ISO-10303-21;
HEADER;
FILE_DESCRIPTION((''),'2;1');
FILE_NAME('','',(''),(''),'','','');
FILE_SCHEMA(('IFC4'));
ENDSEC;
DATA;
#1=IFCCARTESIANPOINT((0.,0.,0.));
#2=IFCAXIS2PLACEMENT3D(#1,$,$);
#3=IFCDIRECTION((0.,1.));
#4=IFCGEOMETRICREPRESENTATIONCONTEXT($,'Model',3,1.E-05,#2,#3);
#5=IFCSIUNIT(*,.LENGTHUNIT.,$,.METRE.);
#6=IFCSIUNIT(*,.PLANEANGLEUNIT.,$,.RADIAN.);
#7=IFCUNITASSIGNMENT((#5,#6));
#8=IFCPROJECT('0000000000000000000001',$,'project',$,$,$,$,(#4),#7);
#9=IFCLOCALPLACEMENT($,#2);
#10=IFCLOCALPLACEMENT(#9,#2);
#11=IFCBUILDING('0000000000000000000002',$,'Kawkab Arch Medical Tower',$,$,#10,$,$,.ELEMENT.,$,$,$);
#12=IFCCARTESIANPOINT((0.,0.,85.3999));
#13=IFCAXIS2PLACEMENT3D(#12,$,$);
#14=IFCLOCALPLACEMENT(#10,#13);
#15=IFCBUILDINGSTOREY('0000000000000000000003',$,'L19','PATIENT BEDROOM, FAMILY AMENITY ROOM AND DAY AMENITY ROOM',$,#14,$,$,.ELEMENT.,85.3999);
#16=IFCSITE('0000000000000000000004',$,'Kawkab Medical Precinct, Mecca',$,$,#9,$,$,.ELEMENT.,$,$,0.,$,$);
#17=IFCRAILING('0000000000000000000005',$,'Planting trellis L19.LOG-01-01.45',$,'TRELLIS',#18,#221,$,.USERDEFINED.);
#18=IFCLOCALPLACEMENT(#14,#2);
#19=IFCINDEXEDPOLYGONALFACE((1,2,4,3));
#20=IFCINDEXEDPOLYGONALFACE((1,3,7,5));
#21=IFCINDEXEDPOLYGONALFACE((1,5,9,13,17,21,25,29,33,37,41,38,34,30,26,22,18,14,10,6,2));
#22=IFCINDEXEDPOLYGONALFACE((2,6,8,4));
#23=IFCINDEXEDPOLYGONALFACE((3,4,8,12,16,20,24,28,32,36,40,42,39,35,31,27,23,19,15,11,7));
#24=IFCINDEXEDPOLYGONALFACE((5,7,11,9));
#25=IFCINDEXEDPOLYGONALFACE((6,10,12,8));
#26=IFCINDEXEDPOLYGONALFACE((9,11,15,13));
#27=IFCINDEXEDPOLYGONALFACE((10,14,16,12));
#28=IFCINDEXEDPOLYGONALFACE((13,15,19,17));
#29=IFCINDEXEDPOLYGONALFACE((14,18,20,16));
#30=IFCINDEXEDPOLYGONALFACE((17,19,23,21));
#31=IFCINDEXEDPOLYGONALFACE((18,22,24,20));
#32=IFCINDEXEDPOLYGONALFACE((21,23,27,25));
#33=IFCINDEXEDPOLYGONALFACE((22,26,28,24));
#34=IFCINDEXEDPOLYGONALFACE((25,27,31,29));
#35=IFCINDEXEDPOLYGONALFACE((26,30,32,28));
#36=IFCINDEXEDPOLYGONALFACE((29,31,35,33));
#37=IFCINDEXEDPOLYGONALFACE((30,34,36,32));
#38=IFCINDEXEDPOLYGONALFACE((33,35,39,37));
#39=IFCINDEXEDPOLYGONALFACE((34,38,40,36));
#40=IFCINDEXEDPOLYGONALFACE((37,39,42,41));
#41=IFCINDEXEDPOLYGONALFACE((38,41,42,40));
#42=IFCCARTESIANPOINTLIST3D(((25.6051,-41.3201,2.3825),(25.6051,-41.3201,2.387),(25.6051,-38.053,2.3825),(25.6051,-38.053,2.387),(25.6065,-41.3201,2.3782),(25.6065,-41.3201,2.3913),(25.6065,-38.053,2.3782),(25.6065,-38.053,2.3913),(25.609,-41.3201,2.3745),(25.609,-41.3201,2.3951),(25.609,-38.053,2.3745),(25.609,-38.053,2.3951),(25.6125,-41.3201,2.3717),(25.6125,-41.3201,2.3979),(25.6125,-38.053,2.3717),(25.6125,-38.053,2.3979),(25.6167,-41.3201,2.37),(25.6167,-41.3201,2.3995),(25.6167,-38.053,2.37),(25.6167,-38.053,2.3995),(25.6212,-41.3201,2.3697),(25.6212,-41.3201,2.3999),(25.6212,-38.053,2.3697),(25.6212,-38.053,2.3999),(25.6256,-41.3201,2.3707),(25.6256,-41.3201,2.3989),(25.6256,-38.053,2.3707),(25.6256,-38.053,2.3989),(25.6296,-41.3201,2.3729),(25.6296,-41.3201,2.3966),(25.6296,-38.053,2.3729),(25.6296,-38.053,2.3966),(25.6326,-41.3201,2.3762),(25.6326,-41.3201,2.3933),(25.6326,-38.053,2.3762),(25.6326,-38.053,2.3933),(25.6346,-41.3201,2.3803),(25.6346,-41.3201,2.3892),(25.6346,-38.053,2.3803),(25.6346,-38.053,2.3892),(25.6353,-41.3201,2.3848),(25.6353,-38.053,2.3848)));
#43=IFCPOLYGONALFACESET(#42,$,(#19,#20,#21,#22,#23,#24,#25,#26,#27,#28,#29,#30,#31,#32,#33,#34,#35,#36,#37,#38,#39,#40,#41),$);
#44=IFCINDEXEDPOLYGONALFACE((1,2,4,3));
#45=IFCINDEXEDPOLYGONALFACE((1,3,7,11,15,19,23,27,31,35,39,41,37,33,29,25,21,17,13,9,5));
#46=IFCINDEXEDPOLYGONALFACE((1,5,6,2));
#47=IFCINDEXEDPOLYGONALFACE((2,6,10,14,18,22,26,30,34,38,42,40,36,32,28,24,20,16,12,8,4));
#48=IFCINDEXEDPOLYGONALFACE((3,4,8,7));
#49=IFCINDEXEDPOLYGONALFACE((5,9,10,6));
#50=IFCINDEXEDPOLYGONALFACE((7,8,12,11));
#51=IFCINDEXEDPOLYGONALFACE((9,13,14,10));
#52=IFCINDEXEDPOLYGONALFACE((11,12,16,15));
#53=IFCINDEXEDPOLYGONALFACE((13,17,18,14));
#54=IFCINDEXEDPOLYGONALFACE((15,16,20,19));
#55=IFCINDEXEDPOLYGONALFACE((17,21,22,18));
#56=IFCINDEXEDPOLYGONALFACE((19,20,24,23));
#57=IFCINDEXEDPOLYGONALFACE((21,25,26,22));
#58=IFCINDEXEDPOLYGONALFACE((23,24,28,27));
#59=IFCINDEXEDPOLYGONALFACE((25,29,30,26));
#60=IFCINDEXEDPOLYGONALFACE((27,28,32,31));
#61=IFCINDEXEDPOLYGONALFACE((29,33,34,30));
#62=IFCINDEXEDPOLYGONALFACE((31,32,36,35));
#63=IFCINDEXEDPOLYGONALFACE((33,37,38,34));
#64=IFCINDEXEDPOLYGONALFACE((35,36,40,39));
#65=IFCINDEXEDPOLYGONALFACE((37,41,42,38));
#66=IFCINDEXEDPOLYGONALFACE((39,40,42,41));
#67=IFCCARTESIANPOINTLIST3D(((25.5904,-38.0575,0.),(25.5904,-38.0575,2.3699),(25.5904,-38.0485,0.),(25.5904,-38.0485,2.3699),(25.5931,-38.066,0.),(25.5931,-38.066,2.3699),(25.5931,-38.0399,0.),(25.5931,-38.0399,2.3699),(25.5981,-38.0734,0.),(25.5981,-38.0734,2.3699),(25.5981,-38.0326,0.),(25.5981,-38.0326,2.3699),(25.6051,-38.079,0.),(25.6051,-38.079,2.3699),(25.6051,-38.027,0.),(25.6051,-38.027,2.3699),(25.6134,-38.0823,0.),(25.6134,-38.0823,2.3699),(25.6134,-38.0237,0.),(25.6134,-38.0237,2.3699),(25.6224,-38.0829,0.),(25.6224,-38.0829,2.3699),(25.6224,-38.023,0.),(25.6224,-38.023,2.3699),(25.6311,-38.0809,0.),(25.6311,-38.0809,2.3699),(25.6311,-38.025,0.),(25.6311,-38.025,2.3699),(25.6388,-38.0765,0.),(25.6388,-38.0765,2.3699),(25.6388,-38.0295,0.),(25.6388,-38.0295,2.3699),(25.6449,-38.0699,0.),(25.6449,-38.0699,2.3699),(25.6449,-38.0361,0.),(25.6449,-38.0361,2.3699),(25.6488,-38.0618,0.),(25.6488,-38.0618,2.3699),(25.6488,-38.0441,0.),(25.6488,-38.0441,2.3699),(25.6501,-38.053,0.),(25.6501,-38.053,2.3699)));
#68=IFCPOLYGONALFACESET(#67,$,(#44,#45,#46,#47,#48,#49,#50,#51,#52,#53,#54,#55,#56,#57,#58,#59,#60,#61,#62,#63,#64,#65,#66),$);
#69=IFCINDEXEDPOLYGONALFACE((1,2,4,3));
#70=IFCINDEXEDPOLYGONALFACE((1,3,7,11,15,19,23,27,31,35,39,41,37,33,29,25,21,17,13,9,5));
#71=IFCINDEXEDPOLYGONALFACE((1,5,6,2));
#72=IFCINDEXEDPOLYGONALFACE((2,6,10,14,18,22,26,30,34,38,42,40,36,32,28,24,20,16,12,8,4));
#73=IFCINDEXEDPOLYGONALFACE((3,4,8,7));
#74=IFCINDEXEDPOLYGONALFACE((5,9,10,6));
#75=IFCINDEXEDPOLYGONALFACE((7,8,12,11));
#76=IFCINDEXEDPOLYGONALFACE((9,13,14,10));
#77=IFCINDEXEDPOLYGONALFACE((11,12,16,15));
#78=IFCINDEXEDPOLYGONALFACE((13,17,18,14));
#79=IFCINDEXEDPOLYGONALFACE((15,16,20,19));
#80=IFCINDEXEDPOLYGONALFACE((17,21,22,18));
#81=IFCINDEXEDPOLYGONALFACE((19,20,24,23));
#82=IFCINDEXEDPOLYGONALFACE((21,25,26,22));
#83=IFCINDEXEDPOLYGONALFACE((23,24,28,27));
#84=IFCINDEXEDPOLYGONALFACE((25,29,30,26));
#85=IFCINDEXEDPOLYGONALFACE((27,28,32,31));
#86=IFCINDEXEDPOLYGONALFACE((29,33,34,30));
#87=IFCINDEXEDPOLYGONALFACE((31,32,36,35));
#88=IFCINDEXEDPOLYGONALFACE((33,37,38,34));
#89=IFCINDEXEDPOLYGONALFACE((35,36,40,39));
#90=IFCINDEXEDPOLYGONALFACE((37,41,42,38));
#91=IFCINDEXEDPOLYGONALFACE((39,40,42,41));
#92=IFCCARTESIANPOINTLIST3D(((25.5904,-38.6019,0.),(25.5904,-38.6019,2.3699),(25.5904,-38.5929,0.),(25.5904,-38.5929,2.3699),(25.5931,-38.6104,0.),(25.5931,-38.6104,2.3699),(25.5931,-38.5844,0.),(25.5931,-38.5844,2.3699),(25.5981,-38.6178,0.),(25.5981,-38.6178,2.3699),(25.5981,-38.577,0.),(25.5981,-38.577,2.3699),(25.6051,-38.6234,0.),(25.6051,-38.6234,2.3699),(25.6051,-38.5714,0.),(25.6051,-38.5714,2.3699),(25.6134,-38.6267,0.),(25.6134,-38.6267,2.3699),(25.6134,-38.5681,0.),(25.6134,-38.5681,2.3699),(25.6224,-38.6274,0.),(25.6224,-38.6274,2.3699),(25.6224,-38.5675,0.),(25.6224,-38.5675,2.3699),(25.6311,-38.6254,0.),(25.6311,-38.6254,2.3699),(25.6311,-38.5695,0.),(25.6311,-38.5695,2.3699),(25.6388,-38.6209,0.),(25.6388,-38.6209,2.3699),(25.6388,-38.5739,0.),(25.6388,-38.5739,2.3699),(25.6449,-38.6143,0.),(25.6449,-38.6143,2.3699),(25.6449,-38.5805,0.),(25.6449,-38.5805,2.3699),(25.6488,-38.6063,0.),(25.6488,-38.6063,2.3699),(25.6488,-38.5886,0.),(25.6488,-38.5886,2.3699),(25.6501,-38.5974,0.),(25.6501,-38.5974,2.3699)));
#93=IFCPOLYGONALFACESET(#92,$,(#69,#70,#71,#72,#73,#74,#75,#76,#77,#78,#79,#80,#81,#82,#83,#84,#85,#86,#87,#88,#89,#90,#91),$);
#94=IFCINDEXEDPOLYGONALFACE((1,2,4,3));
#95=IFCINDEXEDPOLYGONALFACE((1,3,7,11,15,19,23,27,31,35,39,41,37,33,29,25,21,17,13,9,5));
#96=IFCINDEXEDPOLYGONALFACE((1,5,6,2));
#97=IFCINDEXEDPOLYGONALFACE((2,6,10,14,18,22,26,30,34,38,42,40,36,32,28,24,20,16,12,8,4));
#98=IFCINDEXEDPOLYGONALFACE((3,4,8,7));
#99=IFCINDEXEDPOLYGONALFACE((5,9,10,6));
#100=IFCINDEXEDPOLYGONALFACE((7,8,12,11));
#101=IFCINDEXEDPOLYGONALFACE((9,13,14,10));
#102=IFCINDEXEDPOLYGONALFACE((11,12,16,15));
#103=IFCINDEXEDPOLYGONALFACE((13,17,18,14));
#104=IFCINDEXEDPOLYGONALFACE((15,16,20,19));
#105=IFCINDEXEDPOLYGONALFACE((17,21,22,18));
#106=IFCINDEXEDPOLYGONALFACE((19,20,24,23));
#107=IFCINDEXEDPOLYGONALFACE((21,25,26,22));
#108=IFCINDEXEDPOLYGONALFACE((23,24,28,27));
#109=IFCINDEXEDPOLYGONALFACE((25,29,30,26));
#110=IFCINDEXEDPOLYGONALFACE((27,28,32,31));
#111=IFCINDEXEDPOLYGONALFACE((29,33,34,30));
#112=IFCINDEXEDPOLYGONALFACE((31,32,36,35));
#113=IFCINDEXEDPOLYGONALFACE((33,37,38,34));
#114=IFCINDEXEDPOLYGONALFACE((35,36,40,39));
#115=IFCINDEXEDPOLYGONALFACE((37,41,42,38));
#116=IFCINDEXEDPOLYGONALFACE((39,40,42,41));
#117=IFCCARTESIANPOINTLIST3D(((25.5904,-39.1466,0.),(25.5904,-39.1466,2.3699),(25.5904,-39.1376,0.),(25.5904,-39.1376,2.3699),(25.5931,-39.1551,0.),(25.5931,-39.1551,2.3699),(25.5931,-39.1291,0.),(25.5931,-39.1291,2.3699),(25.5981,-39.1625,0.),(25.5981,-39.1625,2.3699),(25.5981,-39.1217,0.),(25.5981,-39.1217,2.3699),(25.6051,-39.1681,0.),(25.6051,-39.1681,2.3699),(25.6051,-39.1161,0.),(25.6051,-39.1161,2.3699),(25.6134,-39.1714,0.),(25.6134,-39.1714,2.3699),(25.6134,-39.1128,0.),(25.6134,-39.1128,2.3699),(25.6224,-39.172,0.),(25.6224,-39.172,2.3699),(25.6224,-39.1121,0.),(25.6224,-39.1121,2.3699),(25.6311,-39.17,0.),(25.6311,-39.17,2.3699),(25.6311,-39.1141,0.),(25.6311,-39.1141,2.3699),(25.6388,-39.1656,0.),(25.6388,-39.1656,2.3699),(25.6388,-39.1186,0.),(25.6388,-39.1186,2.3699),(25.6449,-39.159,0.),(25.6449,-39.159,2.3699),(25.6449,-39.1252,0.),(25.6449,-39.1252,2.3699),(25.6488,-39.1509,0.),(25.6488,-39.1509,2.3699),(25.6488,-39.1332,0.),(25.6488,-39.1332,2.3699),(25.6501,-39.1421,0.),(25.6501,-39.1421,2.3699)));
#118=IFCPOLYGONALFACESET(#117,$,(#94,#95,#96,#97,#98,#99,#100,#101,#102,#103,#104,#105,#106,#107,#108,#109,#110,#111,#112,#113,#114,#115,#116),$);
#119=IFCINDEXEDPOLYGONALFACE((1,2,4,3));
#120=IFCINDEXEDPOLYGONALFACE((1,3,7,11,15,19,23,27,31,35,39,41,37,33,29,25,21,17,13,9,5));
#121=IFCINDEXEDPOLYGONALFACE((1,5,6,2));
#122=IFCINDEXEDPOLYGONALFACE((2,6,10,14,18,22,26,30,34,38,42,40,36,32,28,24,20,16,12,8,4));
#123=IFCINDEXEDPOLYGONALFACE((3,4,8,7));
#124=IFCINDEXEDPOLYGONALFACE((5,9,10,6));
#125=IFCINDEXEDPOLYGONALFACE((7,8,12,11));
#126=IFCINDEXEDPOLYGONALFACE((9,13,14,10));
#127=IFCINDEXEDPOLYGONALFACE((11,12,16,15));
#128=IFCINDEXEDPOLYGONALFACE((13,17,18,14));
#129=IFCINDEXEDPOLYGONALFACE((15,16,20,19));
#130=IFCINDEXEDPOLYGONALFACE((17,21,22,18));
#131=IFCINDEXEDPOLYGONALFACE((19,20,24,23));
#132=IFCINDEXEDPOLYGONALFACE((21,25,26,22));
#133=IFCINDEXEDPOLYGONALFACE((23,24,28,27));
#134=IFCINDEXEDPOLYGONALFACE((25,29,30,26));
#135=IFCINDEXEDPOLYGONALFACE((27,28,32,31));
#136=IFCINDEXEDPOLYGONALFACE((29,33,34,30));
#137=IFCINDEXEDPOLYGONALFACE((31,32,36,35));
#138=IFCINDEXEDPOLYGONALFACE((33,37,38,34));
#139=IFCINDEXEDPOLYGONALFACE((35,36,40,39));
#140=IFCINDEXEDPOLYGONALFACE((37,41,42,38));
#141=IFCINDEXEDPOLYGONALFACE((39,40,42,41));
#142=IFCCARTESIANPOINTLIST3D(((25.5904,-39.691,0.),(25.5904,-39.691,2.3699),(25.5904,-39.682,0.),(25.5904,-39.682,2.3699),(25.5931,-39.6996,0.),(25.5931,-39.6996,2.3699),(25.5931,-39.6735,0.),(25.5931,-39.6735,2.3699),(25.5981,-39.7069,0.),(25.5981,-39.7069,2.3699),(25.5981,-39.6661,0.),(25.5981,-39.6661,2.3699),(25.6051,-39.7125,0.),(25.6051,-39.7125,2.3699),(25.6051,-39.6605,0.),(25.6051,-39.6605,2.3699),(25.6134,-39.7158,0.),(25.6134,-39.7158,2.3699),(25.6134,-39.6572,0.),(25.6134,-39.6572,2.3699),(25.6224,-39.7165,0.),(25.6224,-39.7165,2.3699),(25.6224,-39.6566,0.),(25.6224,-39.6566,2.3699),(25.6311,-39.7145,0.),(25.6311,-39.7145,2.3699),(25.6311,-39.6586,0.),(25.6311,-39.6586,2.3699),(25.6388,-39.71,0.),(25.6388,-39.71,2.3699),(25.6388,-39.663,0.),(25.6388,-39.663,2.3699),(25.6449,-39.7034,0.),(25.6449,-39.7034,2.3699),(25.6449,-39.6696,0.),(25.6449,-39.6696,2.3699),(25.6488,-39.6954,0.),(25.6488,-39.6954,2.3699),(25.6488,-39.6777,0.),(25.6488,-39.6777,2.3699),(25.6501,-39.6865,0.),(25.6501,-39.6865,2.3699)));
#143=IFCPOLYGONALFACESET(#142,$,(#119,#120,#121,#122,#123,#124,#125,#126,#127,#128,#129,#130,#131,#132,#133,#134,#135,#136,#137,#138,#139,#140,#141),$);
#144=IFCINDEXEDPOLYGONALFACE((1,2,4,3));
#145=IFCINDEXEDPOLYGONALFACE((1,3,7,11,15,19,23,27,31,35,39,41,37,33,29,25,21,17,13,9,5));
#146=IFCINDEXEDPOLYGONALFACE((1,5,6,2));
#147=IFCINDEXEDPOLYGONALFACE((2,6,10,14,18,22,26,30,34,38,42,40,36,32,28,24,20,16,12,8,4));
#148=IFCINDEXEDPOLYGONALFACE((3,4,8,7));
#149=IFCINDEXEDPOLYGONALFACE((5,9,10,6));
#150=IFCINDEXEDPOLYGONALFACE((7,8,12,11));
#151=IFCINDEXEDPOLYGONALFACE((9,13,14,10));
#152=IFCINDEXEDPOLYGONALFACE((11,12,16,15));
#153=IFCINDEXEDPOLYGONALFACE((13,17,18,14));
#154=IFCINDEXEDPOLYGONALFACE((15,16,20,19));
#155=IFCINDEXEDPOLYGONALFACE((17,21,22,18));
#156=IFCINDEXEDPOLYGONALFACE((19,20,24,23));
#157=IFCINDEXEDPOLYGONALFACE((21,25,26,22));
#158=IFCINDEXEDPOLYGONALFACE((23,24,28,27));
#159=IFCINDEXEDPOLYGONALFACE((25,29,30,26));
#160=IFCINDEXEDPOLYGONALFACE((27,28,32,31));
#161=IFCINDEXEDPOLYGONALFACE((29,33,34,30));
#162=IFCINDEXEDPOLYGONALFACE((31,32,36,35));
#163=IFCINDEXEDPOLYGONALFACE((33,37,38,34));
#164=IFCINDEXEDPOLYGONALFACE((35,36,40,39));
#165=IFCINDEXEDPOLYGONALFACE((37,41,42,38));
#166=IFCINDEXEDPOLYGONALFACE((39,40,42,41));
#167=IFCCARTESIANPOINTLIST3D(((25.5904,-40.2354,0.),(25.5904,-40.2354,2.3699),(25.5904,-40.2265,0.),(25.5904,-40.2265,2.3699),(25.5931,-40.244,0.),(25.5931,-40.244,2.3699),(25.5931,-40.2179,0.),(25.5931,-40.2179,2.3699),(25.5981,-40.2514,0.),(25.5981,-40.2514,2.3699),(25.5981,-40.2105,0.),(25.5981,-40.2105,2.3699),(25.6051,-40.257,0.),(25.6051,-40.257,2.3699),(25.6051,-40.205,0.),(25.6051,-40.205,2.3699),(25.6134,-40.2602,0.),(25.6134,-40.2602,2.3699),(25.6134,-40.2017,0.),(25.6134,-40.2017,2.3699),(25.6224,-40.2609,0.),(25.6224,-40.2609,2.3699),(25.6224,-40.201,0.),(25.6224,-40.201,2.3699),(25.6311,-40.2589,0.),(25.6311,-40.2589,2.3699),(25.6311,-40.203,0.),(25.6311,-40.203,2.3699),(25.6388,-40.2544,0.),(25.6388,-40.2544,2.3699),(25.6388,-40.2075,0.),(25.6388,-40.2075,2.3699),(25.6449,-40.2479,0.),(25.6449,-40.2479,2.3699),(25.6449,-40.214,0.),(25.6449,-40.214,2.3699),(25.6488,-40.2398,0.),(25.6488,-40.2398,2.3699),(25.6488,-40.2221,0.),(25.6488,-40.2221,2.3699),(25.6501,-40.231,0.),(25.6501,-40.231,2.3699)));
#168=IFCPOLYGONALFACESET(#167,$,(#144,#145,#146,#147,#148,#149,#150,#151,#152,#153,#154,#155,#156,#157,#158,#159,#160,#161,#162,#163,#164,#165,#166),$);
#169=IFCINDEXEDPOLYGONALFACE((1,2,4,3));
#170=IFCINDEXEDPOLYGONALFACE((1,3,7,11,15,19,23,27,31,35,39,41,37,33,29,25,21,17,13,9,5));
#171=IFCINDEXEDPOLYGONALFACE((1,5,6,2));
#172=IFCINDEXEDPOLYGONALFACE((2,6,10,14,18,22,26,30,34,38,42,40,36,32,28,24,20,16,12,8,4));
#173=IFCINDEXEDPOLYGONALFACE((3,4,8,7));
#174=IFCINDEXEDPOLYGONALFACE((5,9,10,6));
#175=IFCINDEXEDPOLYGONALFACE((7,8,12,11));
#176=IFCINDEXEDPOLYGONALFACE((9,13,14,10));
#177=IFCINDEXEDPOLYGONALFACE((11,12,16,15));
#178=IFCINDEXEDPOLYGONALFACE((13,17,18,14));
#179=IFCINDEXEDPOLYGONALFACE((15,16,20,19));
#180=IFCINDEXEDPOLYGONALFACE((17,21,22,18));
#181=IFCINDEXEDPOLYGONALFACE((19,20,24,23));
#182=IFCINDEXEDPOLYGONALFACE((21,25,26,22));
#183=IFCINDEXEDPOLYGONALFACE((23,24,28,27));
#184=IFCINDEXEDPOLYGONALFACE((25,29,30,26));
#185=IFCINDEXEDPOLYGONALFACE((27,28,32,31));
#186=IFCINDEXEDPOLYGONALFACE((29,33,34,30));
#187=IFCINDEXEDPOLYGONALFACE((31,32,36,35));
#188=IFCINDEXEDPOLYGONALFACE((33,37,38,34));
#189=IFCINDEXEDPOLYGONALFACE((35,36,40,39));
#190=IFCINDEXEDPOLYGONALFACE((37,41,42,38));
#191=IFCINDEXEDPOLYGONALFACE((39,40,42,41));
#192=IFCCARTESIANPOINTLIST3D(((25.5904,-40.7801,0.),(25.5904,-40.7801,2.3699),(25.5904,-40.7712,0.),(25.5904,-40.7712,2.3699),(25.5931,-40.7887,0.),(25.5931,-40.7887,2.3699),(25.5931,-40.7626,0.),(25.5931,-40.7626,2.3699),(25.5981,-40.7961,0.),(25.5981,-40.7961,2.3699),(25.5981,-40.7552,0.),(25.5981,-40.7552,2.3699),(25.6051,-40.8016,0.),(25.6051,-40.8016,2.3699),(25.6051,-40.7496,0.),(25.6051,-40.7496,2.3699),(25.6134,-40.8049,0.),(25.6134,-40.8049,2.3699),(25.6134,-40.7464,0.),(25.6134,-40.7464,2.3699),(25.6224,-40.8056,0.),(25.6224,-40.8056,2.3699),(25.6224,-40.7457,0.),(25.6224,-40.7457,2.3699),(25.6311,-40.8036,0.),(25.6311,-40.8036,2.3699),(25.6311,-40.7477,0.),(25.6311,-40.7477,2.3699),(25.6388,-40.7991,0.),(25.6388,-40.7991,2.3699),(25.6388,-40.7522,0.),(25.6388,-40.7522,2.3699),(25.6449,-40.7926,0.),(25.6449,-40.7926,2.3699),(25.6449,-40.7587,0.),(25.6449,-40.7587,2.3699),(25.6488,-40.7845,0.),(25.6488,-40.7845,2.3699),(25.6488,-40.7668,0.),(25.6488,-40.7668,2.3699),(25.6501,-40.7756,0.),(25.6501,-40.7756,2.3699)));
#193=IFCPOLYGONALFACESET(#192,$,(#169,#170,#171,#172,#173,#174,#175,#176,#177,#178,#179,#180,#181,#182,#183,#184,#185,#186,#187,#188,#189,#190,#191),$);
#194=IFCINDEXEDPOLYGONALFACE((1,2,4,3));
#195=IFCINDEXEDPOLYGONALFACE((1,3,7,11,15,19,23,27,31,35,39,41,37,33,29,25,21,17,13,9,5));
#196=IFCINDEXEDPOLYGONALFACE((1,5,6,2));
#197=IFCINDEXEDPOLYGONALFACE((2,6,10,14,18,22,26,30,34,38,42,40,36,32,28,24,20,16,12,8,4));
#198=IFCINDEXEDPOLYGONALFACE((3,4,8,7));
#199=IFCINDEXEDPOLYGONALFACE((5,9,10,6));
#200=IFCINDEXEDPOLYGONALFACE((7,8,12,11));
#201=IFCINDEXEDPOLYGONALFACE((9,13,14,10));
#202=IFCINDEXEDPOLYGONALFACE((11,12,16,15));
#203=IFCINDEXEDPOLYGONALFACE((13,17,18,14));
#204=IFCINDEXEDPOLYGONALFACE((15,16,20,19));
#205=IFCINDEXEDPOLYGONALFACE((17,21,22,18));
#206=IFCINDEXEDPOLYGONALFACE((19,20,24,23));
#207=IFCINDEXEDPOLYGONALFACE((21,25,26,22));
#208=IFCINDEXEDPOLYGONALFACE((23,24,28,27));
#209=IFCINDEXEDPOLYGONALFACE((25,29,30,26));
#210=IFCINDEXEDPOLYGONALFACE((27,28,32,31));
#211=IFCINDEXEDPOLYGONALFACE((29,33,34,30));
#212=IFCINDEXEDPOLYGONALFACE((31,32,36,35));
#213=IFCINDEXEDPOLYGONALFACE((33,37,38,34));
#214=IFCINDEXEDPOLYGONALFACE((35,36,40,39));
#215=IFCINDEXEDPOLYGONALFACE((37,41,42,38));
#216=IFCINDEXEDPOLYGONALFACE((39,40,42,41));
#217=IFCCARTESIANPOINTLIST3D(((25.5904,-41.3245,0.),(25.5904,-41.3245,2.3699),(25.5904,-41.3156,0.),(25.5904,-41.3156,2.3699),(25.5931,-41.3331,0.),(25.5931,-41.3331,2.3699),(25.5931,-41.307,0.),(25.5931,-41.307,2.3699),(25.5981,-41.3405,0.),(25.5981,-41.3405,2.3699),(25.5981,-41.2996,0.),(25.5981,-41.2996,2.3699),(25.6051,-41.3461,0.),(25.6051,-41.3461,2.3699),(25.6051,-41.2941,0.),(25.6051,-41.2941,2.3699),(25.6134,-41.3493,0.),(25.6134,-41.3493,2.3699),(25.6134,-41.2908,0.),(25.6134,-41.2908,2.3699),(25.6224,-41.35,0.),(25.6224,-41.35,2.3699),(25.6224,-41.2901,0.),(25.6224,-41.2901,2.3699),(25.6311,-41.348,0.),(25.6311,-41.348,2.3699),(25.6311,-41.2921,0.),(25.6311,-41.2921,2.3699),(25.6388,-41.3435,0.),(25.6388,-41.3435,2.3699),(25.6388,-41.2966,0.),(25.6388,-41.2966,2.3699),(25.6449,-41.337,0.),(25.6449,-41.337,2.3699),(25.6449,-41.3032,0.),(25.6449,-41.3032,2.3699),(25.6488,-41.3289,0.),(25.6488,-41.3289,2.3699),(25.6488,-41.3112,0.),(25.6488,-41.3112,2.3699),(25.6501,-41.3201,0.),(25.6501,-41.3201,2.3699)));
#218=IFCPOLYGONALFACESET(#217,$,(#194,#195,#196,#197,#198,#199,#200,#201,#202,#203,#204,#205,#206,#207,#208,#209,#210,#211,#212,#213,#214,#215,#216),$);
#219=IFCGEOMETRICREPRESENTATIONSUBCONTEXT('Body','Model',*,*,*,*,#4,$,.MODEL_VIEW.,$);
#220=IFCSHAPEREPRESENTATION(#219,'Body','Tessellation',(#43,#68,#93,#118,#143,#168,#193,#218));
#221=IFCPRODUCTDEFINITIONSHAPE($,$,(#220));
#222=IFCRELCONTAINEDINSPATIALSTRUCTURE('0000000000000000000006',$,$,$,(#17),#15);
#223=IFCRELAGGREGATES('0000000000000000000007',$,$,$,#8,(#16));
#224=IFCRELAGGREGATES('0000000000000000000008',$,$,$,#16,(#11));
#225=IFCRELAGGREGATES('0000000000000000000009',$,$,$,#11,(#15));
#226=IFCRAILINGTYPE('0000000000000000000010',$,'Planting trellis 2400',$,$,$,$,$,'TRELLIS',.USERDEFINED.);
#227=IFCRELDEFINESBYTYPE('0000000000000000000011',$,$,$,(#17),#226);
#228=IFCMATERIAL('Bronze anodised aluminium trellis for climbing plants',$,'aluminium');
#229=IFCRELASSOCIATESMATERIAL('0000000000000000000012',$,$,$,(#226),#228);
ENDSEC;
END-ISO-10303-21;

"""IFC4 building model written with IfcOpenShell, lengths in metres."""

from ifc_helpers import new_model, si_unit, direction, frame, origin, origin_2d, place, context, subcontext, project, spatial, circle, extrude, material, type_object, element, save


model = new_model("IFC4")

# Units and contexts
model_context = context("Model", 3, precision=1e-05, world=origin(), true_north=direction((0.0, 1.0)))
body_context = subcontext(model_context, "Body", "Model", "MODEL_VIEW")
ifc_project = project(units=[si_unit("LENGTHUNIT", "METRE"), si_unit("PLANEANGLEUNIT", "RADIAN")], contexts=[model_context])

# Site, building, storey
site_placement = place(None, origin())
site = spatial("IfcSite", under=ifc_project, at=site_placement, Name="Kawkab Medical Precinct, Mecca", CompositionType="ELEMENT", RefElevation=0.0)
building_placement = place(site_placement, origin())
building = spatial("IfcBuilding", under=site, at=building_placement, Name="Kawkab Arch Medical Tower", CompositionType="ELEMENT")
storey_placement = place(building_placement, frame((0.0, 0.0, 85.3999)))
storey = spatial("IfcBuildingStorey", under=building, at=storey_placement, Name="L19", Description="PATIENT BEDROOM, FAMILY AMENITY ROOM AND DAY AMENITY ROOM", CompositionType="ELEMENT", Elevation=85.3999)

# Railing
ifc_material_1 = material(Name="Bronze anodised aluminium trellis for climbing plants", Category="aluminium")
railing_type = type_object("IfcRailingType", Name="Planting trellis 2400", ElementType="TRELLIS", PredefinedType="USERDEFINED", material=ifc_material_1)
railing_1_placement = place(storey_placement, frame((25.6201, -38.053, 0.0)))
element("IfcRailing", 1, at=railing_1_placement, inside=storey, type_object=railing_type, Name="Planting trellis L19.LOG-01-01.45", ObjectType="TRELLIS", PredefinedType="USERDEFINED", context=body_context, shape_type="SweptSolid", body=[
    extrude(circle(Radius=0.0151, at=origin_2d()), frame((0.0, 0.0, 2.3848), z_axis=(0.0, -1.0, 0.0), x_axis=(1.0, 0.0, 0.0)), (0.0, 0.0, 1.0), 3.2671),
    extrude(circle(Radius=0.03, at=origin_2d()), origin(), (0.0, 0.0, 1.0), 2.3699),
    extrude(circle(Radius=0.03, at=origin_2d()), frame((0.0, -0.5444, 0.0)), (0.0, 0.0, 1.0), 2.3699),
    extrude(circle(Radius=0.03, at=origin_2d()), frame((0.0, -1.0891, 0.0)), (0.0, 0.0, 1.0), 2.3699),
    extrude(circle(Radius=0.03, at=origin_2d()), frame((0.0, -1.6335, 0.0)), (0.0, 0.0, 1.0), 2.3699),
    extrude(circle(Radius=0.03, at=origin_2d()), frame((0.0, -2.178, 0.0)), (0.0, 0.0, 1.0), 2.3699),
    extrude(circle(Radius=0.03, at=origin_2d()), frame((0.0, -2.7227, 0.0)), (0.0, 0.0, 1.0), 2.3699),
    extrude(circle(Radius=0.03, at=origin_2d()), frame((0.0, -3.2671, 0.0)), (0.0, 0.0, 1.0), 2.3699),
])

save(model, "model.ifc")
